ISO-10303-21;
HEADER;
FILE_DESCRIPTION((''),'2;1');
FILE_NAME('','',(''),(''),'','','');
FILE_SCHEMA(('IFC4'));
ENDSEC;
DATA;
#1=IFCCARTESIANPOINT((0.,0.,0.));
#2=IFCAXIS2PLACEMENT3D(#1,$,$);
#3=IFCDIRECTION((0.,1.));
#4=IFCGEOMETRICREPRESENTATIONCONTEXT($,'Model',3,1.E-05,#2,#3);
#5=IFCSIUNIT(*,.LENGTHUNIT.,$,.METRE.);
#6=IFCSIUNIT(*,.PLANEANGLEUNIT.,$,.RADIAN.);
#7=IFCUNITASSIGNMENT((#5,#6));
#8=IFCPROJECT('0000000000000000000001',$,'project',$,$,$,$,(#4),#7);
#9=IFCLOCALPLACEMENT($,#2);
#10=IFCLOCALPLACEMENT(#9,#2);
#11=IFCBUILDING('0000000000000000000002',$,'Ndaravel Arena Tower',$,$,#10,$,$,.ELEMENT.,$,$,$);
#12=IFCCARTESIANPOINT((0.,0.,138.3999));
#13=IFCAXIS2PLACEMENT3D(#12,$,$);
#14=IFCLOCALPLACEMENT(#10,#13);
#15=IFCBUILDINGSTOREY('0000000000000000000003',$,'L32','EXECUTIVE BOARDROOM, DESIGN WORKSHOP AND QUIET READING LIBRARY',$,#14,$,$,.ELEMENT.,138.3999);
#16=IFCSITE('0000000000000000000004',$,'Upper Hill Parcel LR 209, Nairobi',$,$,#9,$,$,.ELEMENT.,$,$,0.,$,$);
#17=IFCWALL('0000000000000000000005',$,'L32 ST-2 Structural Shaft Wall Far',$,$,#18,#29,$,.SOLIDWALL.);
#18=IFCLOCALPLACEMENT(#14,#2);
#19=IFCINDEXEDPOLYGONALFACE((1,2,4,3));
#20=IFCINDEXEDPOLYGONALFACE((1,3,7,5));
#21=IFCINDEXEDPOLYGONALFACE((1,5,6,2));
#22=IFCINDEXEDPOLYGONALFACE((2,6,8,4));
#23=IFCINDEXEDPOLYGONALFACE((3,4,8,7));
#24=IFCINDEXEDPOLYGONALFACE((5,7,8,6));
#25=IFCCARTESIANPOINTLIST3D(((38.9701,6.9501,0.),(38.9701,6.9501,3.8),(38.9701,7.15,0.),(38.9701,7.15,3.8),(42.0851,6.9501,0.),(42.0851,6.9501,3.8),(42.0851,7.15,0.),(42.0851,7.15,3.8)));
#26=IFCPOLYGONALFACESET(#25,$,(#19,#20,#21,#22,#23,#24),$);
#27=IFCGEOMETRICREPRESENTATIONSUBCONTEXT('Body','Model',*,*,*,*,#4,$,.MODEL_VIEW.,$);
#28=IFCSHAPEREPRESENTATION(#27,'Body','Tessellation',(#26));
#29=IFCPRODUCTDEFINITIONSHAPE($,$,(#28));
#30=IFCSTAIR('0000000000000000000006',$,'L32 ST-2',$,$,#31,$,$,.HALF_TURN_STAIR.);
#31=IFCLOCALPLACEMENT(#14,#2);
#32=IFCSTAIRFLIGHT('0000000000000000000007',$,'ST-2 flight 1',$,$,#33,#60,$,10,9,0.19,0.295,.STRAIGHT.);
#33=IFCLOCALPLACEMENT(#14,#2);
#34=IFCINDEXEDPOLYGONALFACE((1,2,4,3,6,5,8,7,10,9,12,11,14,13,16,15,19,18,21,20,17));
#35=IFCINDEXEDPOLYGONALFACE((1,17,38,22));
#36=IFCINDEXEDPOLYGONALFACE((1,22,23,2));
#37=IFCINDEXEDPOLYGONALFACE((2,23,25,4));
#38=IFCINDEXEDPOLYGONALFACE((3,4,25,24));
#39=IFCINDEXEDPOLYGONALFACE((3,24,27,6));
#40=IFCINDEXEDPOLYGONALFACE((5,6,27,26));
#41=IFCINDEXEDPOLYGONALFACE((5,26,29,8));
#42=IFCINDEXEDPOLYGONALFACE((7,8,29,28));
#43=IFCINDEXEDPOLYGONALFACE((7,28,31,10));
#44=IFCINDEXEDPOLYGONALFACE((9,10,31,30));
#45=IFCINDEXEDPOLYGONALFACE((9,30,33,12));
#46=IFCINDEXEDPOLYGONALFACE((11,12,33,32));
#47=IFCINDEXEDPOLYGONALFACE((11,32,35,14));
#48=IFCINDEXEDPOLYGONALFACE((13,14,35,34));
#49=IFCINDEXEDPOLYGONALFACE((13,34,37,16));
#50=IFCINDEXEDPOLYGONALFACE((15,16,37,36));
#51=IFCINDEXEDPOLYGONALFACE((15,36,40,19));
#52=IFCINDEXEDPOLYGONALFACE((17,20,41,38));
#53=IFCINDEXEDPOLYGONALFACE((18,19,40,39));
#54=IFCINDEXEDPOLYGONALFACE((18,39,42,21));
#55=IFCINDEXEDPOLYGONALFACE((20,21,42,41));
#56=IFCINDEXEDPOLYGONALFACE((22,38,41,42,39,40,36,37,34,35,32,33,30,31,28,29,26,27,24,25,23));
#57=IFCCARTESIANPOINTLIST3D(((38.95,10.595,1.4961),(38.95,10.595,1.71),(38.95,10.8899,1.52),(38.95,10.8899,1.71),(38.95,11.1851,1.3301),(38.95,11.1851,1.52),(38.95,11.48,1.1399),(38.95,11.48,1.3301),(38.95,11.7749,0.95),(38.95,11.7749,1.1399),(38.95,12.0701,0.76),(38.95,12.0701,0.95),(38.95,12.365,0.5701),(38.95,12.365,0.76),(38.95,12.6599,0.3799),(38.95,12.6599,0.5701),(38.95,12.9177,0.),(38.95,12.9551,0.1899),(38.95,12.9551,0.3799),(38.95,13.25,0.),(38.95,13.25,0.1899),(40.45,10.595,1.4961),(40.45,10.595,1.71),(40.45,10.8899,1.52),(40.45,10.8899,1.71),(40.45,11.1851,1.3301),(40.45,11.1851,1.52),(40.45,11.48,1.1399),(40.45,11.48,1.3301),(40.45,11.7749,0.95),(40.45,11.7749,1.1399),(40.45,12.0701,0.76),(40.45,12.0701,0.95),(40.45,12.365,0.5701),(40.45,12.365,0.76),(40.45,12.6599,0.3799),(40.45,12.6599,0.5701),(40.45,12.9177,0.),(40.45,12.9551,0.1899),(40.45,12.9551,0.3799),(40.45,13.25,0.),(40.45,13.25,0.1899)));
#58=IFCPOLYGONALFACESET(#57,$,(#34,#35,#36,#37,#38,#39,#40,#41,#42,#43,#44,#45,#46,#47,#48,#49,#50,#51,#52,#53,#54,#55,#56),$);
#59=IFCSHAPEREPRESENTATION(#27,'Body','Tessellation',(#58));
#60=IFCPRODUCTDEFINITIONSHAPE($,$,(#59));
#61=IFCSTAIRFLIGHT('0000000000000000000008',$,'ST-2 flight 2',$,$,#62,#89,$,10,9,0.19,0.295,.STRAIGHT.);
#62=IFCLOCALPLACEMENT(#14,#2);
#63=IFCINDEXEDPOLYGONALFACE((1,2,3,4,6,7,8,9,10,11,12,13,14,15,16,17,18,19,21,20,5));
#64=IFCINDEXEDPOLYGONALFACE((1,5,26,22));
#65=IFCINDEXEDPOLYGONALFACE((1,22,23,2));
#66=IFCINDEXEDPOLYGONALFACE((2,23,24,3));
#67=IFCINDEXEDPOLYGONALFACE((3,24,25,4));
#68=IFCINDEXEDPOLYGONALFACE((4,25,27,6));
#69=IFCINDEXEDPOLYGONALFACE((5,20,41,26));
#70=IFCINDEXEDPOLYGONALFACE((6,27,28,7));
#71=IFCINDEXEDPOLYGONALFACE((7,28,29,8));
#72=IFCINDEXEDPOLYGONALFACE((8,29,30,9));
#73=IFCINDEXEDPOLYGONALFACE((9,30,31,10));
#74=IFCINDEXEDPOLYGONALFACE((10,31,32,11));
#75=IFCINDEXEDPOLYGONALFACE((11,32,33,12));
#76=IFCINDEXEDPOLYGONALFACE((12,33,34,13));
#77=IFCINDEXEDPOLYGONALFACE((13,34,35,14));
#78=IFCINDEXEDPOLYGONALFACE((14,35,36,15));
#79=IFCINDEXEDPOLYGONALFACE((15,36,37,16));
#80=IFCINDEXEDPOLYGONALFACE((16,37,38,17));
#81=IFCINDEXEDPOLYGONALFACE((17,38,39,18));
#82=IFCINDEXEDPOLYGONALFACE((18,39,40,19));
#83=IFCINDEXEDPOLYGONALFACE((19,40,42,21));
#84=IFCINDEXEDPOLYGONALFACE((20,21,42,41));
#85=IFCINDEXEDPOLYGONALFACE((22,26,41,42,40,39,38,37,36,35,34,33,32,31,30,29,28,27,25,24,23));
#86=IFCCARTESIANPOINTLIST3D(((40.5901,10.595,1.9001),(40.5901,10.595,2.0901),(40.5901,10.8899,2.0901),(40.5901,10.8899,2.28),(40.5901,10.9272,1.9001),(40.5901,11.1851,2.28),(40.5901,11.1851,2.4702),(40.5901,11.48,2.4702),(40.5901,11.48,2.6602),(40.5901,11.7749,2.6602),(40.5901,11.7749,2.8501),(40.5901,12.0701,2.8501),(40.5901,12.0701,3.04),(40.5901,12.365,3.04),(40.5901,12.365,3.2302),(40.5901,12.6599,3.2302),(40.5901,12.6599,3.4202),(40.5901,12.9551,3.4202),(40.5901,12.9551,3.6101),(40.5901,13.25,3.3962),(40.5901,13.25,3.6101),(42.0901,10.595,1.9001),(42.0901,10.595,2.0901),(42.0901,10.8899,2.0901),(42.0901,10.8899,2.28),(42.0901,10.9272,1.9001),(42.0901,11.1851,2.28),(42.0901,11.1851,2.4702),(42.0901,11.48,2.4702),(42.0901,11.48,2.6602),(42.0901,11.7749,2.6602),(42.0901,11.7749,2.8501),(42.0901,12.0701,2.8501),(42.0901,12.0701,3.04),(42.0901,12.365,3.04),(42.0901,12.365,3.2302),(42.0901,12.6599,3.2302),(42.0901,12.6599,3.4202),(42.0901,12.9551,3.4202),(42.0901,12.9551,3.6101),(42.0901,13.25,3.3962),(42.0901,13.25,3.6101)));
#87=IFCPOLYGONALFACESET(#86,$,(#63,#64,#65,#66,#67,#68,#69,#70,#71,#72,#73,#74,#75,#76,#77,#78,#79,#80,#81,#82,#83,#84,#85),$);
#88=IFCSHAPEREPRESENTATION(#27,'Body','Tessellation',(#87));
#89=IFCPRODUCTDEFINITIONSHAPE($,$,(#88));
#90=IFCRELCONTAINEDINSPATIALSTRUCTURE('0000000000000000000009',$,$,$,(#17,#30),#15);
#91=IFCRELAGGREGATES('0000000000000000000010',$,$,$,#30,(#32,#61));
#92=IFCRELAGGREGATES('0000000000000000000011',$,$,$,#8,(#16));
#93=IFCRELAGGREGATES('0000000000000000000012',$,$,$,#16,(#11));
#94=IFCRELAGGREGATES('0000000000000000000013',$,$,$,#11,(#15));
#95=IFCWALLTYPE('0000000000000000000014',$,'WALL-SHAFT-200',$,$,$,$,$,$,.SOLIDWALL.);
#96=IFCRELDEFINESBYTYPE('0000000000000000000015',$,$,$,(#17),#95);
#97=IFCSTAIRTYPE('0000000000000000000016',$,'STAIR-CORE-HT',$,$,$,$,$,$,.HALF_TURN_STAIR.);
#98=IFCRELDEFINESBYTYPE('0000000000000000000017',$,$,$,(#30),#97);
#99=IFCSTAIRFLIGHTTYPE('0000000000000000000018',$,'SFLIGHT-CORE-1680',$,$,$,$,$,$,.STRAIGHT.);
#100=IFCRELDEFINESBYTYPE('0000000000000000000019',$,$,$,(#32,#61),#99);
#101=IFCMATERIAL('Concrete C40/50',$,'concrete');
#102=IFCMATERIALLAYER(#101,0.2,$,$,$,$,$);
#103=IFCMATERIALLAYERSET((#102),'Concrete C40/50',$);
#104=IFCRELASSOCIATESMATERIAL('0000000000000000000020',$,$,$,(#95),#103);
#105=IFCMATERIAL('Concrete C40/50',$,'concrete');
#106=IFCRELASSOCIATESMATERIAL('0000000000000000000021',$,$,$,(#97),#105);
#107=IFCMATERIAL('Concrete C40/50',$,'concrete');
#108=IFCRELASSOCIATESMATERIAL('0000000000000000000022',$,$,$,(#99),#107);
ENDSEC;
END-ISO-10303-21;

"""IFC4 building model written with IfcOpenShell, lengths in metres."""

from ifc_helpers import new_model, si_unit, direction, frame, frame_2d, origin, place, context, subcontext, project, spatial, polyline, rectangle, outline, extrude, material, layer, layer_set, type_object, element, aggregate, save


model = new_model("IFC4")

# Units and contexts
model_context = context("Model", 3, precision=1e-05, world=origin(), true_north=direction((0.0, 1.0)))
body_context = subcontext(model_context, "Body", "Model", "MODEL_VIEW")
ifc_project = project(units=[si_unit("LENGTHUNIT", "METRE"), si_unit("PLANEANGLEUNIT", "RADIAN")], contexts=[model_context])

# Site, building, storey
site_placement = place(None, origin())
site = spatial("IfcSite", under=ifc_project, at=site_placement, Name="Upper Hill Parcel LR 209, Nairobi", CompositionType="ELEMENT", RefElevation=0.0)
building_placement = place(site_placement, origin())
building = spatial("IfcBuilding", under=site, at=building_placement, Name="Ndaravel Arena Tower", CompositionType="ELEMENT")
storey_placement = place(building_placement, frame((0.0, 0.0, 138.3999)))
storey = spatial("IfcBuildingStorey", under=building, at=storey_placement, Name="L32", Description="EXECUTIVE BOARDROOM, DESIGN WORKSHOP AND QUIET READING LIBRARY", CompositionType="ELEMENT", Elevation=138.3999)

# Wall
ifc_material_1 = material(Name="Concrete C40/50", Category="concrete")
ifc_layer_1 = layer(ifc_material_1, 0.2)
ifc_layer_set_1 = layer_set([ifc_layer_1], Name="Concrete C40/50")
wall_type_1 = type_object("IfcWallType", Name="WALL-SHAFT-200", PredefinedType="SOLIDWALL", material=ifc_layer_set_1)
wall_1_placement = place(storey_placement, frame((38.97, 7.05, 0.0), z_axis=(0.0, 0.0, 1.0), x_axis=(1.0, 0.0, 0.0)))
element("IfcWall", 1, at=wall_1_placement, inside=storey, type_object=wall_type_1, Name="L32 ST-2 Structural Shaft Wall Far", PredefinedType="SOLIDWALL", context=body_context, shape_type="SweptSolid", body=[
    extrude(rectangle(XDim=3.115, YDim=0.2, at=frame_2d((1.5576, 0.0))), origin(), (0.0, 0.0, 1.0), 3.8),
])

# Stair, stair flights
ifc_material_2 = material(Name="Concrete C40/50", Category="concrete")
stair_type = type_object("IfcStairType", Name="STAIR-CORE-HT", PredefinedType="HALF_TURN_STAIR", material=ifc_material_2)
stair_placement = place(storey_placement, origin())
stair = element("IfcStair", 2, at=stair_placement, inside=storey, type_object=stair_type, Name="L32 ST-2", PredefinedType="HALF_TURN_STAIR")
ifc_material_3 = material(Name="Concrete C40/50", Category="concrete")
stair_flight_type = type_object("IfcStairFlightType", Name="SFLIGHT-CORE-1680", PredefinedType="STRAIGHT", material=ifc_material_3)
stair_flight_1_placement = place(storey_placement, frame((39.7, 13.25, 0.0), z_axis=(0.0, 0.0, 1.0), x_axis=(0.0, -1.0, 0.0)))
stair_flight_1 = element("IfcStairFlight", 3, at=stair_flight_1_placement, type_object=stair_flight_type, Name="ST-2 flight 1", NumberOfRisers=10, NumberOfTreads=9, PredefinedType="STRAIGHT", RiserHeight=0.19, TreadLength=0.295, context=body_context, shape_type="SweptSolid", body=[
    extrude(outline(polyline([(0.0, 0.0), (0.0, 0.1899), (0.2949, 0.1899), (0.2949, 0.3799), (0.5901, 0.3799), (0.5901, 0.5701), (0.885, 0.5701), (0.885, 0.76), (1.1799, 0.76), (1.1799, 0.95), (1.4751, 0.95), (1.4751, 1.1399), (1.77, 1.1399), (1.77, 1.3301), (2.0649, 1.3301), (2.0649, 1.52), (2.3601, 1.52), (2.3601, 1.71), (2.655, 1.71), (2.655, 1.8999), (2.655, 1.4961), (0.3323, 0.0), (0.0, 0.0)])), frame((0.0, 0.75, 0.0), z_axis=(0.0, -1.0, 0.0), x_axis=(1.0, 0.0, 0.0)), (0.0, 0.0, 1.0), 1.5),
])
stair_flight_2_placement = place(storey_placement, frame((41.3401, 10.595, 1.9001), z_axis=(0.0, 0.0, 1.0), x_axis=(0.0, 1.0, 0.0)))
stair_flight_2 = element("IfcStairFlight", 4, at=stair_flight_2_placement, type_object=stair_flight_type, Name="ST-2 flight 2", NumberOfRisers=10, NumberOfTreads=9, PredefinedType="STRAIGHT", RiserHeight=0.19, TreadLength=0.295, context=body_context, shape_type="SweptSolid", body=[
    extrude(outline(polyline([(0.0, 0.0), (0.0, 0.1899), (0.2949, 0.1899), (0.2949, 0.3799), (0.5901, 0.3799), (0.5901, 0.5701), (0.885, 0.5701), (0.885, 0.76), (1.1799, 0.76), (1.1799, 0.95), (1.4751, 0.95), (1.4751, 1.1399), (1.77, 1.1399), (1.77, 1.3301), (2.0649, 1.3301), (2.0649, 1.52), (2.3601, 1.52), (2.3601, 1.71), (2.655, 1.71), (2.655, 1.8999), (2.655, 1.4961), (0.3323, 0.0), (0.0, 0.0)])), frame((0.0, 0.75, 0.0), z_axis=(0.0, -1.0, 0.0), x_axis=(1.0, 0.0, 0.0)), (0.0, 0.0, 1.0), 1.5),
])
aggregate(stair, [stair_flight_1, stair_flight_2])

save(model, "model.ifc")
